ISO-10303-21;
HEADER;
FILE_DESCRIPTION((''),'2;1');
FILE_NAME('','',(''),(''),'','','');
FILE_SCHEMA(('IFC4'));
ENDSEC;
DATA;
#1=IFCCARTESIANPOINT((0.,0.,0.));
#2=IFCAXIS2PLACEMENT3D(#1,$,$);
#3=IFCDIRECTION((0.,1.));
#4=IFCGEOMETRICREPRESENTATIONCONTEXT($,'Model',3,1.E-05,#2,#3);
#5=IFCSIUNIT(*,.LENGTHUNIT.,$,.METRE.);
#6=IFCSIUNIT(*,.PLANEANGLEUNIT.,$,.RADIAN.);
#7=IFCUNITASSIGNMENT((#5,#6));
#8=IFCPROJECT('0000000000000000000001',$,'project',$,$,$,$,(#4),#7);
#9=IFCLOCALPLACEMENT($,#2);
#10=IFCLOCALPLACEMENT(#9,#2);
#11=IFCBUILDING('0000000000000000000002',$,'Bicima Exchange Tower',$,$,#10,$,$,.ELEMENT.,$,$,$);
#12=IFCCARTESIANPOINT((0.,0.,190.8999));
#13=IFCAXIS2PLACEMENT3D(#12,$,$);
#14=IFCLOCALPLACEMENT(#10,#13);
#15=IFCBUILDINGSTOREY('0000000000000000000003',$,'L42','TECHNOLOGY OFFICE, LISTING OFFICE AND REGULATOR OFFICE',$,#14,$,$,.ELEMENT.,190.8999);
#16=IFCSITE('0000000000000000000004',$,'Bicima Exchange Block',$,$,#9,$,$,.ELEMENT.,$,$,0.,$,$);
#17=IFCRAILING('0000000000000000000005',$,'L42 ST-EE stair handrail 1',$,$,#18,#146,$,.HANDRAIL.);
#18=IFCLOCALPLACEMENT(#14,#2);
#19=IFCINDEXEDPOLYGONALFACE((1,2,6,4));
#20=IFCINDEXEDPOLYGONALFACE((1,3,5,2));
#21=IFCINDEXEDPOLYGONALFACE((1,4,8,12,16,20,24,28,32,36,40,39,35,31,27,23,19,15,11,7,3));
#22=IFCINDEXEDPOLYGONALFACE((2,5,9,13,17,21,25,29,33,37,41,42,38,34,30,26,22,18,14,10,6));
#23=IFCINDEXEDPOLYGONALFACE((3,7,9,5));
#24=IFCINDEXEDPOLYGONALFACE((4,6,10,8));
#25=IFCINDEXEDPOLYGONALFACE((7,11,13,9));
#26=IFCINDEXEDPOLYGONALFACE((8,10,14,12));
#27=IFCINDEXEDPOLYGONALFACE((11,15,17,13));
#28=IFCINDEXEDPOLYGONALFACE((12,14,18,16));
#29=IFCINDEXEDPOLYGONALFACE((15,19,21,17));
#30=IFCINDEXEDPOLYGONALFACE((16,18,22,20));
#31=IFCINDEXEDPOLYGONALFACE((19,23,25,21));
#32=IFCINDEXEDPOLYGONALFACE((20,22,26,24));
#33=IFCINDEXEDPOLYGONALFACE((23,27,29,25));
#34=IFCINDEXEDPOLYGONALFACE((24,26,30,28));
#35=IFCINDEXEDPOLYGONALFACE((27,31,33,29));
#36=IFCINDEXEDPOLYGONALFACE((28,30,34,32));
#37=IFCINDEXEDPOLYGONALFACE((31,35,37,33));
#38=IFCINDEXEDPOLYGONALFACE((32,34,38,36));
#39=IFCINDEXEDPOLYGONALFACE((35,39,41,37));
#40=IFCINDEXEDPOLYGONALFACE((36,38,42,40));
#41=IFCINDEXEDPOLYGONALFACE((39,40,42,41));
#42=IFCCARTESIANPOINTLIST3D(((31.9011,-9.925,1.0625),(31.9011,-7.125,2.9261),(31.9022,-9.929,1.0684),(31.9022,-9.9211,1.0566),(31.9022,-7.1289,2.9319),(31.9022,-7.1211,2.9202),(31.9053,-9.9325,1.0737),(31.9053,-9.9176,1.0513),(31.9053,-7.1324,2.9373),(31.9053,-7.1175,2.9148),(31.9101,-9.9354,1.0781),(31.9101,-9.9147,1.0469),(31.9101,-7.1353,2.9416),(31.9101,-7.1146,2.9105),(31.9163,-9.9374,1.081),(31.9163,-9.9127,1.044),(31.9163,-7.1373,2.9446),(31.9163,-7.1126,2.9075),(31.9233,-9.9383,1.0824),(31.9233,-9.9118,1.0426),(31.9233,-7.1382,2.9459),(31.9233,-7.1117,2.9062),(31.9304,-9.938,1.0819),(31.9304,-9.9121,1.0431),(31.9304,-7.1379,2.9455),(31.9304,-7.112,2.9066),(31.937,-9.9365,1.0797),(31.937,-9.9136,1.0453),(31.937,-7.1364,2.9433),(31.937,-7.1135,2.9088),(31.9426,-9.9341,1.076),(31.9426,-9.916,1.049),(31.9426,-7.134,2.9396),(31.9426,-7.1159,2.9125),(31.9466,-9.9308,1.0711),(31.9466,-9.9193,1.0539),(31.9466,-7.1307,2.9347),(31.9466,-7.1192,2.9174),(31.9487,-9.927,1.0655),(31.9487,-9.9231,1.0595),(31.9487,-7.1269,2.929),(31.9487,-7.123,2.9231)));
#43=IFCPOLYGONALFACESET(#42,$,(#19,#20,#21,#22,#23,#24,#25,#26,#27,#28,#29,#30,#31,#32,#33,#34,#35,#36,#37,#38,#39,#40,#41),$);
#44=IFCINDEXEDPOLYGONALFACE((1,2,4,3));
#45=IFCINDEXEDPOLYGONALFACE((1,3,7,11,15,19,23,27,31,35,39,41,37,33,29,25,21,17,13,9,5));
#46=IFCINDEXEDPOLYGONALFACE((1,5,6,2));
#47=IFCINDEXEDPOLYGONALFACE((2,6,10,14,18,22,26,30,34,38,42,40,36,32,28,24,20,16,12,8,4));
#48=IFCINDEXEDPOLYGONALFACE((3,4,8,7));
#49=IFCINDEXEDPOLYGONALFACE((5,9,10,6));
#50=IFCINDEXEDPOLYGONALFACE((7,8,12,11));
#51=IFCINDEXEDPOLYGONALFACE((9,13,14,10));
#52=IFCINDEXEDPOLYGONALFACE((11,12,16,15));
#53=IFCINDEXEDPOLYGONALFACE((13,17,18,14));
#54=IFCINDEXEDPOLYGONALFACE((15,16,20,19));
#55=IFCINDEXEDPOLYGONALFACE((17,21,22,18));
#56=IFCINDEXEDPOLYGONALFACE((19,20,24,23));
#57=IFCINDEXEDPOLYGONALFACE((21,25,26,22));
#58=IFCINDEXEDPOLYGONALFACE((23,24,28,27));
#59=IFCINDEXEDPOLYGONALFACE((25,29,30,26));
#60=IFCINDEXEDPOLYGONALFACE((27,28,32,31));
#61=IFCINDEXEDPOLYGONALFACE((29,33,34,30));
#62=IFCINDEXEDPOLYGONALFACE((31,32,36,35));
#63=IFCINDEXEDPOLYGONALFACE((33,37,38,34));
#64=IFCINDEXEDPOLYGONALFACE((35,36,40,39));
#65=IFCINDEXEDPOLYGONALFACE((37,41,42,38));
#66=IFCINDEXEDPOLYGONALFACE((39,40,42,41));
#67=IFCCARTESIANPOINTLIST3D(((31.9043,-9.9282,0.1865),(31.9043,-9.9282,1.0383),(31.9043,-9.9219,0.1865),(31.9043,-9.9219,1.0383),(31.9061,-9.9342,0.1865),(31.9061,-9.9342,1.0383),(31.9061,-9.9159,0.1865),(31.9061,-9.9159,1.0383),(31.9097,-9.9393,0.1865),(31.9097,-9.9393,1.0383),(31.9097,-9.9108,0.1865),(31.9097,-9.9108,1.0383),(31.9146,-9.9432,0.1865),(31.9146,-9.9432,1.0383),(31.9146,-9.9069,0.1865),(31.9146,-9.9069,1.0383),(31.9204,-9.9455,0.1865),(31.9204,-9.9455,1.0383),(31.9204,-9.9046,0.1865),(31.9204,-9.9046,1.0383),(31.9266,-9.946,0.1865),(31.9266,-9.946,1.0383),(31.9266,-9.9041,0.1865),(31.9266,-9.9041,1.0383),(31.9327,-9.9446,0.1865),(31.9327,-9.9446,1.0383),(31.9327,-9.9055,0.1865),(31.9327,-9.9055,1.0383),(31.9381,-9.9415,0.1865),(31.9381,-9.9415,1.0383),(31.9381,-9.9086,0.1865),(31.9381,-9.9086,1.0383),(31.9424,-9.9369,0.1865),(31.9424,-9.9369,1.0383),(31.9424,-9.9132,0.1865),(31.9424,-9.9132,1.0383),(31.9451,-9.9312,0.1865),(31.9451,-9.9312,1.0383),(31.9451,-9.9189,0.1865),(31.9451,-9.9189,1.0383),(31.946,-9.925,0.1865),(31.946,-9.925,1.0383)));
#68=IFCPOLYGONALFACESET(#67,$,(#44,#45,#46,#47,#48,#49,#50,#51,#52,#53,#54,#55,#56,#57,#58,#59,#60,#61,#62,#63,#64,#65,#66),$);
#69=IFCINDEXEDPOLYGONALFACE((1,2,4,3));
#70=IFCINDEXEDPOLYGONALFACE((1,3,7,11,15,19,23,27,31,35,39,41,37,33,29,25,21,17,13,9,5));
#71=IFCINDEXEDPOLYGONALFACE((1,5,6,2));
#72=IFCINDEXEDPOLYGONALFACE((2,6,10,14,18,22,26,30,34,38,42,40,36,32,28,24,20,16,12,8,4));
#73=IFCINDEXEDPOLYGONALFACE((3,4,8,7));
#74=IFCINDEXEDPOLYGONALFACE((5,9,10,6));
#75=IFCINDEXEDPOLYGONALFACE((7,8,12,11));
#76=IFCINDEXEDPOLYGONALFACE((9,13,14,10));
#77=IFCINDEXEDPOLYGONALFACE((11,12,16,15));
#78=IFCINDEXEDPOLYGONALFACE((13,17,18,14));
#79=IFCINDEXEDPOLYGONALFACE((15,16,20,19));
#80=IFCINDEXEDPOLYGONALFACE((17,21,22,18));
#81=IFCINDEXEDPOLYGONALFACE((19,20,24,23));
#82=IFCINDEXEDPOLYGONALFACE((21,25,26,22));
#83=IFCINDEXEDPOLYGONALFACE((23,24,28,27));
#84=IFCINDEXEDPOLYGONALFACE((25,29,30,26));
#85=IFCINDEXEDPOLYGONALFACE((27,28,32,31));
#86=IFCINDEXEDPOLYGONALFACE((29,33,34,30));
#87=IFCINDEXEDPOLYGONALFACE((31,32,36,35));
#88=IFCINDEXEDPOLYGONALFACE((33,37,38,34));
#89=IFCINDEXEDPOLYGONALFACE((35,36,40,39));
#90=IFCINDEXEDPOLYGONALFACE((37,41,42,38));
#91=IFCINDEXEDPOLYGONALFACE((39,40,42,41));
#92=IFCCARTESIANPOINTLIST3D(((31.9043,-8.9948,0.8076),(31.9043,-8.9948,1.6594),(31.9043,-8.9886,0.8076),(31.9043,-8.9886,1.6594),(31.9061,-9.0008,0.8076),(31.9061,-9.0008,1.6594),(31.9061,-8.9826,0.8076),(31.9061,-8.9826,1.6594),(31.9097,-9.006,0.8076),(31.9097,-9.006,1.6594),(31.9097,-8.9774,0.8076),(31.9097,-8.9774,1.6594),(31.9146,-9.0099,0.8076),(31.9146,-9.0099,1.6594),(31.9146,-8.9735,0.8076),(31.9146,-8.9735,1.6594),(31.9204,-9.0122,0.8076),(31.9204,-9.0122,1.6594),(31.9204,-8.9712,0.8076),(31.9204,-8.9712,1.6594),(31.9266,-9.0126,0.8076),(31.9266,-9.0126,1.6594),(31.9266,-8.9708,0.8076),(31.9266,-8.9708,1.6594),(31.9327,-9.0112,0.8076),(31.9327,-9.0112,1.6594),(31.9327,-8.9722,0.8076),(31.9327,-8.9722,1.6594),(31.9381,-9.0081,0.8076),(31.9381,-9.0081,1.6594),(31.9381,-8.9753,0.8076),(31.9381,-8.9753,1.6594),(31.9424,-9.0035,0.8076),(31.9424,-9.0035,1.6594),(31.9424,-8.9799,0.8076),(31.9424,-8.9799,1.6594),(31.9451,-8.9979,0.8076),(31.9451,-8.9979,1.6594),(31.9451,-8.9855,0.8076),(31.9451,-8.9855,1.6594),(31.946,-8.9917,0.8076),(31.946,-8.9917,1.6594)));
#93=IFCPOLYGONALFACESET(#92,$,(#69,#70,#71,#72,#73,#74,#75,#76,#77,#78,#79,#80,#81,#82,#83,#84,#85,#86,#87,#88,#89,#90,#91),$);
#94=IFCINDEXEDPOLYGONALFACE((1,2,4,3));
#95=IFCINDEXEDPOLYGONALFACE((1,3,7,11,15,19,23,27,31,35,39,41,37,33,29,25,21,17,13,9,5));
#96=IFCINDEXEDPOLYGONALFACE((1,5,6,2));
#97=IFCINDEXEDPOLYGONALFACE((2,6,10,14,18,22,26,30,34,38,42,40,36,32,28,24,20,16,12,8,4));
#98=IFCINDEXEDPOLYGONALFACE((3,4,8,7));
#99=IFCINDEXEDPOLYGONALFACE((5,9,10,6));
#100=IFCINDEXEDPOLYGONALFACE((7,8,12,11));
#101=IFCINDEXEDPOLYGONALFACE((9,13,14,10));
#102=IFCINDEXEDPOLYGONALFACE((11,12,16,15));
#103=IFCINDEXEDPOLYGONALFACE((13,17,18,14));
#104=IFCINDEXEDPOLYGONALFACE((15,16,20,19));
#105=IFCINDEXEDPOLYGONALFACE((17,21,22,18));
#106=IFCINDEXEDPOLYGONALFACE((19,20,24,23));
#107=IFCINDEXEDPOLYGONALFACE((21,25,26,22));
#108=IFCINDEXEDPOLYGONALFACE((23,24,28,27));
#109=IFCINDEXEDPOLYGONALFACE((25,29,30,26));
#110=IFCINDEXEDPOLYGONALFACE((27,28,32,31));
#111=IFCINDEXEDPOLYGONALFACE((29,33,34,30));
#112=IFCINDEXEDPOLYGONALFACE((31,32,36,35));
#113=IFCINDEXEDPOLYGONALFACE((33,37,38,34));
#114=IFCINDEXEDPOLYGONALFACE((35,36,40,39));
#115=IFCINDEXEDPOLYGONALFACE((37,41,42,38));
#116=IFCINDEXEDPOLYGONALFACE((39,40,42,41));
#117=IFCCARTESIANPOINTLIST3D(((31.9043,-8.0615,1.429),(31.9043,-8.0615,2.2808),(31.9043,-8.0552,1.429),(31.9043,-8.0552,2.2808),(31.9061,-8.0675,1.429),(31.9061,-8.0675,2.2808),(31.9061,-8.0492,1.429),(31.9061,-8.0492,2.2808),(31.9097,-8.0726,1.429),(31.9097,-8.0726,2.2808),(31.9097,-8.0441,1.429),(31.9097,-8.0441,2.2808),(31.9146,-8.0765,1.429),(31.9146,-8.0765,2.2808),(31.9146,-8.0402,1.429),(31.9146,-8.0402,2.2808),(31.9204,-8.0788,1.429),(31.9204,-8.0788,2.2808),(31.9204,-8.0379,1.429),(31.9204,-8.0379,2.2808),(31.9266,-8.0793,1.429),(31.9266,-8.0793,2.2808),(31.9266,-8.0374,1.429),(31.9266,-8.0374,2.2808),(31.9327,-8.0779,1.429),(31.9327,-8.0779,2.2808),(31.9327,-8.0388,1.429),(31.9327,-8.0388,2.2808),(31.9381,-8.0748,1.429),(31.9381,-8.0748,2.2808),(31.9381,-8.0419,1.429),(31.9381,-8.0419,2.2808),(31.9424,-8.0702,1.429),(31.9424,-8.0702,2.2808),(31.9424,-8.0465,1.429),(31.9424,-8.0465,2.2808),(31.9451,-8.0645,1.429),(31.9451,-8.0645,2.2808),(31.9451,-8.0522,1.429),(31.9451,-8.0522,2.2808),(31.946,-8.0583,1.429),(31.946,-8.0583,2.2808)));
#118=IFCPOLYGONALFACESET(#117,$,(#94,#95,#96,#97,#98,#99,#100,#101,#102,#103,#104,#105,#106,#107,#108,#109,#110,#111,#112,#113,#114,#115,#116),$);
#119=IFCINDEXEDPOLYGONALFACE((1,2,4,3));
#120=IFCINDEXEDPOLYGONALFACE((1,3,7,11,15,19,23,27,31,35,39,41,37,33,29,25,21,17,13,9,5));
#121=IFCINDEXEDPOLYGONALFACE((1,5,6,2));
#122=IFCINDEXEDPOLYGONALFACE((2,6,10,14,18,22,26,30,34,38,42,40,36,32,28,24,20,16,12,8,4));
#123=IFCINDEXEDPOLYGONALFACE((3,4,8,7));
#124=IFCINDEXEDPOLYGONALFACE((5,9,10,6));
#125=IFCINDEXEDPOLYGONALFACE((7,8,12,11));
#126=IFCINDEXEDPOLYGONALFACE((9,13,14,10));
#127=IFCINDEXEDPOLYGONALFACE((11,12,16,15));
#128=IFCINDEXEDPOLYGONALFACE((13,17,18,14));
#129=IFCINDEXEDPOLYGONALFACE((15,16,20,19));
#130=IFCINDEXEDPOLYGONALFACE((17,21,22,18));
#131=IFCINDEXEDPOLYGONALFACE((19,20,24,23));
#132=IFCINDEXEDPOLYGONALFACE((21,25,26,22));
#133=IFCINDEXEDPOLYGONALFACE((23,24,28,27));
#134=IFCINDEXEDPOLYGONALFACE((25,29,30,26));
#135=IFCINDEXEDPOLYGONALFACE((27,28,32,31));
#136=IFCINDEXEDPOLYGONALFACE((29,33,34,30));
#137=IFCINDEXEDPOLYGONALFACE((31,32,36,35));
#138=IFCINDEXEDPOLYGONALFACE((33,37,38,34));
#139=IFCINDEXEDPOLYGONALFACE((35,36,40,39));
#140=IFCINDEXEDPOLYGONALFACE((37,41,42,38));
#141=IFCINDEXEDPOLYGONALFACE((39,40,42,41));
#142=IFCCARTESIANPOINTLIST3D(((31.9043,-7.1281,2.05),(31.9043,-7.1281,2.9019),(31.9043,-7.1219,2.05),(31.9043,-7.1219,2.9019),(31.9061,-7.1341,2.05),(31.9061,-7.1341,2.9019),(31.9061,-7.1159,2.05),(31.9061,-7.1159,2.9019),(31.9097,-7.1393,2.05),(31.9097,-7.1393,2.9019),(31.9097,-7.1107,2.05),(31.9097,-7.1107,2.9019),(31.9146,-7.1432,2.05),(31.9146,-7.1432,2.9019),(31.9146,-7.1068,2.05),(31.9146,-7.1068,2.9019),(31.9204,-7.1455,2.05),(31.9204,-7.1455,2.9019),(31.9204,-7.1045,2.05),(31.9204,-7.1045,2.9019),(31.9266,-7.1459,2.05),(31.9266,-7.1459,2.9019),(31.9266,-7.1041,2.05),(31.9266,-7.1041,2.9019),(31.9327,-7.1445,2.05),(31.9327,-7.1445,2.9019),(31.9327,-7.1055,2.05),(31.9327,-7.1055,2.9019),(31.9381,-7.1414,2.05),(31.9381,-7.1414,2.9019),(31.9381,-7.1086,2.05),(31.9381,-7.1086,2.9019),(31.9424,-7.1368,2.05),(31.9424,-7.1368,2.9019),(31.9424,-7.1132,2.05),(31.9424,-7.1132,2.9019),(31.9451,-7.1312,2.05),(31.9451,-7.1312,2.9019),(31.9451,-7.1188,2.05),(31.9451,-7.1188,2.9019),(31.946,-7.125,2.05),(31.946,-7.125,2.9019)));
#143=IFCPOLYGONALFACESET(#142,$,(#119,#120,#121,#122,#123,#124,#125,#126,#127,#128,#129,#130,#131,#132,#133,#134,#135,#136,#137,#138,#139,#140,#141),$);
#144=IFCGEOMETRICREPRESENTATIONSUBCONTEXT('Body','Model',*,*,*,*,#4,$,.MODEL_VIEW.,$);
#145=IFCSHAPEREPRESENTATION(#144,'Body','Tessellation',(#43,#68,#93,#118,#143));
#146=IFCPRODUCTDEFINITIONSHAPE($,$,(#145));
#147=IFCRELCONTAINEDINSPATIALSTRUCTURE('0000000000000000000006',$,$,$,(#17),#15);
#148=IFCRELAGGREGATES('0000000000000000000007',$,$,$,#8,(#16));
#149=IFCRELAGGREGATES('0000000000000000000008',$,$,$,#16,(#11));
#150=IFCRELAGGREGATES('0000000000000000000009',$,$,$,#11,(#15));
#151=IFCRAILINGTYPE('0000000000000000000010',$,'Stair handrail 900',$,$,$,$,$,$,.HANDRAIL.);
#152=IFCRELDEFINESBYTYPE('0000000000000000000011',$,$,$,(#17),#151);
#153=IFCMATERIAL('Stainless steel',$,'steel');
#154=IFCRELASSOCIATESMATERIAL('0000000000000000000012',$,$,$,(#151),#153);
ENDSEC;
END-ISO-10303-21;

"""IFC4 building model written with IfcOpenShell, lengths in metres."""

from ifc_helpers import new_model, si_unit, direction, frame, origin, origin_2d, place, context, subcontext, project, spatial, circle, extrude, material, type_object, element, save


model = new_model("IFC4")

# Units and contexts
model_context = context("Model", 3, precision=1e-05, world=origin(), true_north=direction((0.0, 1.0)))
body_context = subcontext(model_context, "Body", "Model", "MODEL_VIEW")
ifc_project = project(units=[si_unit("LENGTHUNIT", "METRE"), si_unit("PLANEANGLEUNIT", "RADIAN")], contexts=[model_context])

# Site, building, storey
site_placement = place(None, origin())
site = spatial("IfcSite", under=ifc_project, at=site_placement, Name="Bicima Exchange Block", CompositionType="ELEMENT", RefElevation=0.0)
building_placement = place(site_placement, origin())
building = spatial("IfcBuilding", under=site, at=building_placement, Name="Bicima Exchange Tower", CompositionType="ELEMENT")
storey_placement = place(building_placement, frame((0.0, 0.0, 190.8999)))
storey = spatial("IfcBuildingStorey", under=building, at=storey_placement, Name="L42", Description="TECHNOLOGY OFFICE, LISTING OFFICE AND REGULATOR OFFICE", CompositionType="ELEMENT", Elevation=190.8999)

# Railing
ifc_material_1 = material(Name="Stainless steel", Category="steel")
railing_type_1 = type_object("IfcRailingType", Name="Stair handrail 900", PredefinedType="HANDRAIL", material=ifc_material_1)
railing_1_placement = place(storey_placement, frame((31.925, -9.925, 0.1865)))
element("IfcRailing", 1, at=railing_1_placement, inside=storey, type_object=railing_type_1, Name="L42 ST-EE stair handrail 1", PredefinedType="HANDRAIL", context=body_context, shape_type="SweptSolid", body=[
    extrude(circle(Radius=0.0239, at=origin_2d()), frame((0.0, 0.0, 0.876), z_axis=(0.0, 0.832486, 0.554047), x_axis=(-1.0, 0.0, 0.0)), (0.0, 0.0, 1.0), 3.3635),
    extrude(circle(Radius=0.021, at=origin_2d()), origin(), (0.0, 0.0, 1.0), 0.8518),
    extrude(circle(Radius=0.021, at=origin_2d()), frame((0.0, 0.9333, 0.6211)), (0.0, 0.0, 1.0), 0.8518),
    extrude(circle(Radius=0.021, at=origin_2d()), frame((0.0, 1.8667, 1.2424)), (0.0, 0.0, 1.0), 0.8518),
    extrude(circle(Radius=0.021, at=origin_2d()), frame((0.0, 2.8, 1.8635)), (0.0, 0.0, 1.0), 0.8518),
])

save(model, "model.ifc")
